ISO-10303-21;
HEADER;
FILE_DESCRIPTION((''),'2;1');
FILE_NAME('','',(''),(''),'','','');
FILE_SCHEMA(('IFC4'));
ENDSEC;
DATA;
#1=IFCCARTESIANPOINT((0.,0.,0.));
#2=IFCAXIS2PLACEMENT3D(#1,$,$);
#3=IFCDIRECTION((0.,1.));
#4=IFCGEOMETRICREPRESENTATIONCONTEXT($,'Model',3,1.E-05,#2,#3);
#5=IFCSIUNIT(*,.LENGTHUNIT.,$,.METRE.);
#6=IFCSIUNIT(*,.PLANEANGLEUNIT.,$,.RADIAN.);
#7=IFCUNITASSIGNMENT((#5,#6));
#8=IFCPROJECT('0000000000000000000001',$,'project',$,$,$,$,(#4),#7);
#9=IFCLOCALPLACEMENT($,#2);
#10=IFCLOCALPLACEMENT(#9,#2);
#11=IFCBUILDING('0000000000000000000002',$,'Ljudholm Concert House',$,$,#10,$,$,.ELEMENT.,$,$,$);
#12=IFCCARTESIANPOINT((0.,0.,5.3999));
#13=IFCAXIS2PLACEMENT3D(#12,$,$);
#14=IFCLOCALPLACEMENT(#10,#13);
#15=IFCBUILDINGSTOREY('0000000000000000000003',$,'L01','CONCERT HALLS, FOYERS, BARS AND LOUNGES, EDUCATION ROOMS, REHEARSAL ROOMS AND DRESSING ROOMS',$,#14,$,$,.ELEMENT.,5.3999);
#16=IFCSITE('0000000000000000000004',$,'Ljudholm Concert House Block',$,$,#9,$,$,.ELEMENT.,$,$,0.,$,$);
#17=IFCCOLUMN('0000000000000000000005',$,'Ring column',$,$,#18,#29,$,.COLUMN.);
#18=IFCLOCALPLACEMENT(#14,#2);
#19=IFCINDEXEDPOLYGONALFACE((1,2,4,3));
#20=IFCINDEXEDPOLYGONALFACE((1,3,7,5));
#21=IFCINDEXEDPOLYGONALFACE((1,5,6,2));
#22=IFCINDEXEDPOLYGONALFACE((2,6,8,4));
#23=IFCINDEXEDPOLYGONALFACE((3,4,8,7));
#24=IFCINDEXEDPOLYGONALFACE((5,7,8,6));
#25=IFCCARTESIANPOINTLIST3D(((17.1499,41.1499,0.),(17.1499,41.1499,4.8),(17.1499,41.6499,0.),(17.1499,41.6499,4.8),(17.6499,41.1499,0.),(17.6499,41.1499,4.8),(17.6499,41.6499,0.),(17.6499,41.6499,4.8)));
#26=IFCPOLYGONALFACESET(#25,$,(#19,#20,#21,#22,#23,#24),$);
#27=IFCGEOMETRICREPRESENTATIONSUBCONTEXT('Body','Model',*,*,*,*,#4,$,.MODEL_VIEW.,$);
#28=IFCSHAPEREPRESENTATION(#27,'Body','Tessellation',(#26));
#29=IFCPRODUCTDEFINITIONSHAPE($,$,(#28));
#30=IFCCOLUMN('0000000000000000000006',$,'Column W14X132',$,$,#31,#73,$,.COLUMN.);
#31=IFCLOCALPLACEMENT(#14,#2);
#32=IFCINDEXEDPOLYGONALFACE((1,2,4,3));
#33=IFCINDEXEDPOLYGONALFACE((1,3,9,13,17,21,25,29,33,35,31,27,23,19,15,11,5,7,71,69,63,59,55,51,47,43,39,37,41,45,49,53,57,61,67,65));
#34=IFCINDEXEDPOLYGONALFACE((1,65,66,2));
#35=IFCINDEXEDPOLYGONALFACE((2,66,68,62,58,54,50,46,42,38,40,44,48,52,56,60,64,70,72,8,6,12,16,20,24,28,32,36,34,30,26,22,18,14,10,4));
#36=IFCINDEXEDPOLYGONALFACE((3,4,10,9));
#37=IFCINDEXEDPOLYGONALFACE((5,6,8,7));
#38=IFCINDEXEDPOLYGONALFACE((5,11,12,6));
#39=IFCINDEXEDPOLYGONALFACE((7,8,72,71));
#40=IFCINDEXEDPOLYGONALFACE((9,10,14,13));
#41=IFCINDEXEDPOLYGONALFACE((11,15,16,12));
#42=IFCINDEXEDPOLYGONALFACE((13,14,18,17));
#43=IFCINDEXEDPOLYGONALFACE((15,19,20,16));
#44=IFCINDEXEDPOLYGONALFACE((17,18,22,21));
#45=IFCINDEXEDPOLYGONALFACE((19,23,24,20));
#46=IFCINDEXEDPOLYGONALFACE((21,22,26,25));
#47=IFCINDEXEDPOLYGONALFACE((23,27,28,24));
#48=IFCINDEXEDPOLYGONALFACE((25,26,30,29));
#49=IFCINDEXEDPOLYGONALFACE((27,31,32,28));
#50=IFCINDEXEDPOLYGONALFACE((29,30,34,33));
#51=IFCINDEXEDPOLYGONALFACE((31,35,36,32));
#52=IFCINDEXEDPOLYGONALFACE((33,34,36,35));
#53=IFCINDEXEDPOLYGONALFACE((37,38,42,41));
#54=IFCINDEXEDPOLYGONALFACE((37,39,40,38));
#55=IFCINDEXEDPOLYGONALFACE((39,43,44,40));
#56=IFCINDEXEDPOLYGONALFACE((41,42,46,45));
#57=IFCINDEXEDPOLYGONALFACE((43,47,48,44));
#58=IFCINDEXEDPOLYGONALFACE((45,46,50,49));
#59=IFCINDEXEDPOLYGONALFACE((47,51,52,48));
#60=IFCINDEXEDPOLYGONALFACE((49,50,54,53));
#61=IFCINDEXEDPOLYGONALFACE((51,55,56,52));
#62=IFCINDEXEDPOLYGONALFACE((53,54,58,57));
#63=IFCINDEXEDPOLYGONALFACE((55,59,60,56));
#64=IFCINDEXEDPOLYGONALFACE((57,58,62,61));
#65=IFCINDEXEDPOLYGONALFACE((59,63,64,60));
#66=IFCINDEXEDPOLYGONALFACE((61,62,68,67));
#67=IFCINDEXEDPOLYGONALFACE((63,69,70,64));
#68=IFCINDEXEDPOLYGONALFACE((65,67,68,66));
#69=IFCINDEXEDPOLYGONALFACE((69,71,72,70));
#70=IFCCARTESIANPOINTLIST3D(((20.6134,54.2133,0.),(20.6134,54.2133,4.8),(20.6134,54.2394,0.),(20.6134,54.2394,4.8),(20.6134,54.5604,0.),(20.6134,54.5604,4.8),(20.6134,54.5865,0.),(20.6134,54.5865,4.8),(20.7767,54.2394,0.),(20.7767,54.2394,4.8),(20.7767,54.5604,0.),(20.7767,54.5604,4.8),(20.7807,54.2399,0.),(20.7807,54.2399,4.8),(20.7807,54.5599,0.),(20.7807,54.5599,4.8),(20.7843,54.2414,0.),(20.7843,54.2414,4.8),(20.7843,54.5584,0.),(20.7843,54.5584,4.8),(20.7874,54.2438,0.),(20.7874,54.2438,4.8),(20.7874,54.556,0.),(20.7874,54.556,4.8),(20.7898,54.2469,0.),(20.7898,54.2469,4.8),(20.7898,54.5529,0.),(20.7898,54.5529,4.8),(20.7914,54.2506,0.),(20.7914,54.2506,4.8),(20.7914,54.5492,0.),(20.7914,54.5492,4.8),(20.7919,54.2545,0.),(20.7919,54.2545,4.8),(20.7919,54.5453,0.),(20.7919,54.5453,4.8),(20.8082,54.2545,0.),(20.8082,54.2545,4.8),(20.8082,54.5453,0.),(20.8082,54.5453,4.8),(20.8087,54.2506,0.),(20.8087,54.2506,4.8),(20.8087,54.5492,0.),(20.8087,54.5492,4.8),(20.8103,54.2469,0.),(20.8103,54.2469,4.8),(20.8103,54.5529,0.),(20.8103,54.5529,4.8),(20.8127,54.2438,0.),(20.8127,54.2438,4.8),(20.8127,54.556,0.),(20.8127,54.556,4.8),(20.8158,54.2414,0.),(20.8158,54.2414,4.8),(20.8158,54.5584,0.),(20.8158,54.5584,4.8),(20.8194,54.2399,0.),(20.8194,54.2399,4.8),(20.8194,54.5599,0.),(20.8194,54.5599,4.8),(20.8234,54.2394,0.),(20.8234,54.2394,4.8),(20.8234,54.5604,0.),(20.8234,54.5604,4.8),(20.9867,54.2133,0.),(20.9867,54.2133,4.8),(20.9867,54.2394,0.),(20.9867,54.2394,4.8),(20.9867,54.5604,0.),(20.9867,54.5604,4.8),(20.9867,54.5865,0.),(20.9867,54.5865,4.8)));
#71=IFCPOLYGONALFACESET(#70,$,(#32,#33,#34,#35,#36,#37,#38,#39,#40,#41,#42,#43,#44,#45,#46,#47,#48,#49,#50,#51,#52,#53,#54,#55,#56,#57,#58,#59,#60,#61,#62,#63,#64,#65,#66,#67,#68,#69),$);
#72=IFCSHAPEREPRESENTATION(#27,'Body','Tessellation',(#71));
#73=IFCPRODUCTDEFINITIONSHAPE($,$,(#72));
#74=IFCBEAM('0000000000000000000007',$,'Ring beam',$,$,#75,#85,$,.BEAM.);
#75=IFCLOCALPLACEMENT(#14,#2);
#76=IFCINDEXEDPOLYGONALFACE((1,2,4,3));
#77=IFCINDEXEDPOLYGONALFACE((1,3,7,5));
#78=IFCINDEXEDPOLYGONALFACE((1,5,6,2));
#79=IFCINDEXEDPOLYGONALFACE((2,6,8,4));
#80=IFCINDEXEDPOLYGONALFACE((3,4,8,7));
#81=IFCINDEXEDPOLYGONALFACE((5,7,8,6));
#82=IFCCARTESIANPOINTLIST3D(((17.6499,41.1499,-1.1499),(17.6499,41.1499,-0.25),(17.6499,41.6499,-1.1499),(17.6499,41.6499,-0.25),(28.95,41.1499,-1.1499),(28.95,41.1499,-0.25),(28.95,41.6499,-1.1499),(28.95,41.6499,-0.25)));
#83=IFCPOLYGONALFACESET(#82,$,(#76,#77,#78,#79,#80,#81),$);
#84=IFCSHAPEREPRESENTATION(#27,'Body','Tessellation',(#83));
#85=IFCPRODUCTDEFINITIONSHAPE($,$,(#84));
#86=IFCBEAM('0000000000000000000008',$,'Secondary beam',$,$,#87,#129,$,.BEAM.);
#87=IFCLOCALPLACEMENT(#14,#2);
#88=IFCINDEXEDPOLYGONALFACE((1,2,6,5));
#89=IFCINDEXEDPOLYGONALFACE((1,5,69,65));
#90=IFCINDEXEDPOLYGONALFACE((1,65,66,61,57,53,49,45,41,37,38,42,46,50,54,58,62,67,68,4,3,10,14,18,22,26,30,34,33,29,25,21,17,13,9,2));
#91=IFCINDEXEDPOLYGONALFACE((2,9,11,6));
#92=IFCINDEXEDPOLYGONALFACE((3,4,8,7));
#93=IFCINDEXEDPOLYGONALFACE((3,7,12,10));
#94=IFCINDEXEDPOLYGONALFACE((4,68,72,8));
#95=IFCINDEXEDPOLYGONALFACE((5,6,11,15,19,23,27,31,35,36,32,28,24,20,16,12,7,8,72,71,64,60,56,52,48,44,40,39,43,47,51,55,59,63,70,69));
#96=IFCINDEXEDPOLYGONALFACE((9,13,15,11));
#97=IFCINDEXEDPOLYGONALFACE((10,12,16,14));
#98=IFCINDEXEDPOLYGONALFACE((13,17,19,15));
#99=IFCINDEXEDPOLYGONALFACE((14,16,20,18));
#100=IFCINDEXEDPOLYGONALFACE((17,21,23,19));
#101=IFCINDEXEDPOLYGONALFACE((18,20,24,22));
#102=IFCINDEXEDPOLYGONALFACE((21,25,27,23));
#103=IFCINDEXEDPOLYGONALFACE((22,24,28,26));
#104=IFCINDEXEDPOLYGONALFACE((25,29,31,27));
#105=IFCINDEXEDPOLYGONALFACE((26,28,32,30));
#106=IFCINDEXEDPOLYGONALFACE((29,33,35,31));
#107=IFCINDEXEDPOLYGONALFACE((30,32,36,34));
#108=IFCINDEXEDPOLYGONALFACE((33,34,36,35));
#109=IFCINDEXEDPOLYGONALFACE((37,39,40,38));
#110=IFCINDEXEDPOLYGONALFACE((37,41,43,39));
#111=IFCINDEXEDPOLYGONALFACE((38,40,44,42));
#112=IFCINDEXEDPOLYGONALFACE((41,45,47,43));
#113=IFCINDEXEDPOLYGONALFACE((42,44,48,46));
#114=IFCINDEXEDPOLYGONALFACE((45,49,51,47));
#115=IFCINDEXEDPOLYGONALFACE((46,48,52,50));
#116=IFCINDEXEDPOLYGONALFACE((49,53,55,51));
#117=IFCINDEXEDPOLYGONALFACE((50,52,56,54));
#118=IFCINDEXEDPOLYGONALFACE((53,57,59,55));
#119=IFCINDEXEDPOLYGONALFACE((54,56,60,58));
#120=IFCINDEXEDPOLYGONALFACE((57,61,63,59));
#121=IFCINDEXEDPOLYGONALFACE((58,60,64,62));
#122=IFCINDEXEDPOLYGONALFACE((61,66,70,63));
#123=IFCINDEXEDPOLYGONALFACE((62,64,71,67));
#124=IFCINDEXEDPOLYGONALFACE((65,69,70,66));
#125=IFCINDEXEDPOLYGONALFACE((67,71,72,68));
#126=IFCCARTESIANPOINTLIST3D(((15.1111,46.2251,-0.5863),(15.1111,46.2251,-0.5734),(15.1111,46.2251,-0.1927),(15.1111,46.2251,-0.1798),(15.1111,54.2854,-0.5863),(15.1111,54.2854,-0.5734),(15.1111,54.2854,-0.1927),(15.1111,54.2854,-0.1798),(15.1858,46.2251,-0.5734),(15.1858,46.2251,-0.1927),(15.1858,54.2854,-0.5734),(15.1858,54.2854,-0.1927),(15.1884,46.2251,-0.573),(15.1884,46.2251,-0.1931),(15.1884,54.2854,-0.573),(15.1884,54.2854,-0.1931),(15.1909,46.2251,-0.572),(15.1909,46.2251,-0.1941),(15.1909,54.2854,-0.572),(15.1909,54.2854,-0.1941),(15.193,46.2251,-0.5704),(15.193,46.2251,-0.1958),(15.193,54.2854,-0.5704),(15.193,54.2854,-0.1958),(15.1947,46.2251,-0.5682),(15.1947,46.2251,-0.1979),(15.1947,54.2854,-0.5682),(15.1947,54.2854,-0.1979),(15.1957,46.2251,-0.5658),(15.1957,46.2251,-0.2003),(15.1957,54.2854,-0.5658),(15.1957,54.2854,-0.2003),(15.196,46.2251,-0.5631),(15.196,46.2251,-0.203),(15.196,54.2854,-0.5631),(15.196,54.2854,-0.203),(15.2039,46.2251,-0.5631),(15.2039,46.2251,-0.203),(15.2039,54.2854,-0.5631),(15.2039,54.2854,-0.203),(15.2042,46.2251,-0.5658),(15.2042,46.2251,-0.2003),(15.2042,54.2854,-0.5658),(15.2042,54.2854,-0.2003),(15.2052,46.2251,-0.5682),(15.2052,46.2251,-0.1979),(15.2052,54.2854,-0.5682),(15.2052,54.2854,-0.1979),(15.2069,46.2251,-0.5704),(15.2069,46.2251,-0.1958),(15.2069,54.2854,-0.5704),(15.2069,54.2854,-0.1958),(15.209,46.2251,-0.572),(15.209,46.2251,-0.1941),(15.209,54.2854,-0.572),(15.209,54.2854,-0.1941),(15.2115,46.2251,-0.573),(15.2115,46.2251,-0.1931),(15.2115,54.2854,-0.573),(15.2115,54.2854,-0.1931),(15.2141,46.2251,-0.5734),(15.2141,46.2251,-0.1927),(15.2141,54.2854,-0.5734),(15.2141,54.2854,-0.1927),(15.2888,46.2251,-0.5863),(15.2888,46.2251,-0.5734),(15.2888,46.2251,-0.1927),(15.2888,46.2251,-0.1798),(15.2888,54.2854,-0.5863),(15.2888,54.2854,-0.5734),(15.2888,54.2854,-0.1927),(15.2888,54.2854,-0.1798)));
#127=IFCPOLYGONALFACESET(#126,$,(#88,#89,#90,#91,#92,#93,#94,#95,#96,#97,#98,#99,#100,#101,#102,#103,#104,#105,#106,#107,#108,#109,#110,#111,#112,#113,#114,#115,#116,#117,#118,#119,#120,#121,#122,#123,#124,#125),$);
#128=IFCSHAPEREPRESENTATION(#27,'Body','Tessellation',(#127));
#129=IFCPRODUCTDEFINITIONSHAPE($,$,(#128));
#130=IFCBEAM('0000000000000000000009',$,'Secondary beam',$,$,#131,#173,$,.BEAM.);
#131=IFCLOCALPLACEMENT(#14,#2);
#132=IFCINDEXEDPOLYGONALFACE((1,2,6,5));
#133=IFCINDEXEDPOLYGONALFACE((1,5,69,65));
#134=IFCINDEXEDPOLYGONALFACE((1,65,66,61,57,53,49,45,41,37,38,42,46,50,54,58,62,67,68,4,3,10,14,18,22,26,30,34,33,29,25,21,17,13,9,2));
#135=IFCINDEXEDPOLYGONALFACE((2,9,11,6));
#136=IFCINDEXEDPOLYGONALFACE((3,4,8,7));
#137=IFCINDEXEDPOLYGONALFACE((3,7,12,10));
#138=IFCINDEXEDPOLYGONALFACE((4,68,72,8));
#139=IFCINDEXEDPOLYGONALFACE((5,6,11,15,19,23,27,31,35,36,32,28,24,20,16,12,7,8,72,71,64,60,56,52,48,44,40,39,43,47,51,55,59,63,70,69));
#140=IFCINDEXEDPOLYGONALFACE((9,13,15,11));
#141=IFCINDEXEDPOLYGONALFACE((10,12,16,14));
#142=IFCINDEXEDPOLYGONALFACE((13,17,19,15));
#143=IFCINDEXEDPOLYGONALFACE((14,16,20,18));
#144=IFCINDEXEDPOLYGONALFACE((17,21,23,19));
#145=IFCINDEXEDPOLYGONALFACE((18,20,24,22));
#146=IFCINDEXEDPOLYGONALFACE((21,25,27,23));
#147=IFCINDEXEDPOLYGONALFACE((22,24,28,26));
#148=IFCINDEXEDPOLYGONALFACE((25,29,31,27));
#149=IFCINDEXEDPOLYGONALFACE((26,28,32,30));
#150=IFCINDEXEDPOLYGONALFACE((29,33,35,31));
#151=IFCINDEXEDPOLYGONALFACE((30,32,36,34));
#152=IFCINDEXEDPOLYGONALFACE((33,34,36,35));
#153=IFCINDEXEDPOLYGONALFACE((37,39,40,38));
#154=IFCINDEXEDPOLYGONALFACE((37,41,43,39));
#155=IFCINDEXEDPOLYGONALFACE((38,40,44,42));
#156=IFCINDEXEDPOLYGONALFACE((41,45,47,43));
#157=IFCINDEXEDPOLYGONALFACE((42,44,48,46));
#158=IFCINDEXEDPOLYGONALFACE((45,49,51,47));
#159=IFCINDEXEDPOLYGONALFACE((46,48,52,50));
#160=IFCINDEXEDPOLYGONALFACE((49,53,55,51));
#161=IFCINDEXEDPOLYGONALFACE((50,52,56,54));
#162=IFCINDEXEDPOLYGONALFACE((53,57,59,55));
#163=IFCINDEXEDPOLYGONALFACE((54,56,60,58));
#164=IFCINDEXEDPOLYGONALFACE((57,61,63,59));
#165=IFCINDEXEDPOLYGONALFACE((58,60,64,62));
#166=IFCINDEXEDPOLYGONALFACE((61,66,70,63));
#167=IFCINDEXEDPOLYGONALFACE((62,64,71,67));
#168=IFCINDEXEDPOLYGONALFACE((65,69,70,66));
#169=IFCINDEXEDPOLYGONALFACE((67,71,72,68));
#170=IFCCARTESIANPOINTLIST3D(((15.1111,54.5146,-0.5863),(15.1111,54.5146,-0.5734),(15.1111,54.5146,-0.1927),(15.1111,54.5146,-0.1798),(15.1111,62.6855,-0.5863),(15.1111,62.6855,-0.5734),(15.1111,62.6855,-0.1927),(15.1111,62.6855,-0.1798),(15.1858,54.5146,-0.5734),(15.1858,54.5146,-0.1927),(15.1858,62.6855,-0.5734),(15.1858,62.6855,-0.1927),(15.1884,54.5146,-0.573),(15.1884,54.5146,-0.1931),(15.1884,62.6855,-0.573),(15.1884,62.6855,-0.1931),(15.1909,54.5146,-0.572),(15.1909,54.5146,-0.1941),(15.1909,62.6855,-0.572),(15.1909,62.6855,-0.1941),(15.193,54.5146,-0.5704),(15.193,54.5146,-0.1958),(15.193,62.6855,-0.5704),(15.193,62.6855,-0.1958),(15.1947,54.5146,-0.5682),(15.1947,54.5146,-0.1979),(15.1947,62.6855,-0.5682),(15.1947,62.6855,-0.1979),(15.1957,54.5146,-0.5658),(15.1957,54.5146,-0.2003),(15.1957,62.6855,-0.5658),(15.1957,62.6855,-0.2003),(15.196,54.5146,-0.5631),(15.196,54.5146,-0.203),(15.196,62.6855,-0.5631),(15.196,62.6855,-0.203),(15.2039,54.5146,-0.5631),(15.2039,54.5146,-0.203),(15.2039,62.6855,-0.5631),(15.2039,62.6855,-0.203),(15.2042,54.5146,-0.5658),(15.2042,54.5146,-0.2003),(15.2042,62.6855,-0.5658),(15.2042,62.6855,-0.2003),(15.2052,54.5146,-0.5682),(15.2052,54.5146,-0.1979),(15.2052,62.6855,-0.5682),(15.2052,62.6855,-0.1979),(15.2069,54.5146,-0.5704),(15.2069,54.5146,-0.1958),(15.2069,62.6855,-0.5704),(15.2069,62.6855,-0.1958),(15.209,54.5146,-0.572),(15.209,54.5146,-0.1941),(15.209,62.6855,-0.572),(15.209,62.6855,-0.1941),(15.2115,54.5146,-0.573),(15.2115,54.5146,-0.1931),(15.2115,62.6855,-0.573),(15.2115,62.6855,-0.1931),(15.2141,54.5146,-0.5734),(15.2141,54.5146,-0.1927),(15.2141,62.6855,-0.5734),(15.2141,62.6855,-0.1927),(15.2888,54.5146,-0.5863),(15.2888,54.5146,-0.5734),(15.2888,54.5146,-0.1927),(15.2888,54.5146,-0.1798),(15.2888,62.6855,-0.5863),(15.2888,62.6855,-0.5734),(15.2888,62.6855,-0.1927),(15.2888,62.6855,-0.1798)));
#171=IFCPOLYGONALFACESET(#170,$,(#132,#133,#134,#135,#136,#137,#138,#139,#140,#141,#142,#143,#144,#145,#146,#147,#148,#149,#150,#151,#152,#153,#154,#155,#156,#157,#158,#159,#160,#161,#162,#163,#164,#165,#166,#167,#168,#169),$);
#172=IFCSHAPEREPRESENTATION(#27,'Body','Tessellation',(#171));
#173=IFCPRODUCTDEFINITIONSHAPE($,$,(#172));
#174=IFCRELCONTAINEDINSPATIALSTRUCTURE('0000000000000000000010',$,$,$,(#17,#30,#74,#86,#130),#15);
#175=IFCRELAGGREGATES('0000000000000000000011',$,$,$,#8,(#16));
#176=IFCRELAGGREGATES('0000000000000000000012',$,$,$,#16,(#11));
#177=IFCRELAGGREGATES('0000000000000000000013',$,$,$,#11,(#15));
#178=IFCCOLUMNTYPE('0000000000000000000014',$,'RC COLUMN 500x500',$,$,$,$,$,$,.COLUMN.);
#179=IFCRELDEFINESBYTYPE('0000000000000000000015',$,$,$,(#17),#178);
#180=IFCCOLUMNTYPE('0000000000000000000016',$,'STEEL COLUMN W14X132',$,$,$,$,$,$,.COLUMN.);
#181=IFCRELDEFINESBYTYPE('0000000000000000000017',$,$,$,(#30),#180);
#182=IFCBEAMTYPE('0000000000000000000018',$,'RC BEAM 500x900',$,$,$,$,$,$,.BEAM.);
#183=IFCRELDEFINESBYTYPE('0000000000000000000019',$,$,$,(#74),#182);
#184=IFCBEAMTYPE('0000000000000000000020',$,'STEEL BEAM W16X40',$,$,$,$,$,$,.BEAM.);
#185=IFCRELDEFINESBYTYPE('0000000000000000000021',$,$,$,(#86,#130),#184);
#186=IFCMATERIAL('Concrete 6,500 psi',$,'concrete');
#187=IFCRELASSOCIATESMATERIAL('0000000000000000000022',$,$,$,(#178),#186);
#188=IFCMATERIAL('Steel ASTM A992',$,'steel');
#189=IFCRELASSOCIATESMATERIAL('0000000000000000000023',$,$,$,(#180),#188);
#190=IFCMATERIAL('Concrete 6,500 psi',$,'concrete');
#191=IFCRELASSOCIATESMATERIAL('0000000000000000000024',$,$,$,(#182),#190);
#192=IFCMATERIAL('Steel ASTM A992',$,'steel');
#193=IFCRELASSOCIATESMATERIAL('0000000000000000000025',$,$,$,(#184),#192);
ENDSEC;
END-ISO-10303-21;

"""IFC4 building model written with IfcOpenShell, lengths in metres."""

from ifc_helpers import new_model, si_unit, direction, frame, origin, origin_2d, place, context, subcontext, project, spatial, rectangle, i_section, extrude, material, material_profile, profile_set, type_object, element, save


model = new_model("IFC4")

# Units and contexts
model_context = context("Model", 3, precision=1e-05, world=origin(), true_north=direction((0.0, 1.0)))
body_context = subcontext(model_context, "Body", "Model", "MODEL_VIEW")
ifc_project = project(units=[si_unit("LENGTHUNIT", "METRE"), si_unit("PLANEANGLEUNIT", "RADIAN")], contexts=[model_context])

# Site, building, storey
site_placement = place(None, origin())
site = spatial("IfcSite", under=ifc_project, at=site_placement, Name="Ljudholm Concert House Block", CompositionType="ELEMENT", RefElevation=0.0)
building_placement = place(site_placement, origin())
building = spatial("IfcBuilding", under=site, at=building_placement, Name="Ljudholm Concert House", CompositionType="ELEMENT")
storey_placement = place(building_placement, frame((0.0, 0.0, 5.3999)))
storey = spatial("IfcBuildingStorey", under=building, at=storey_placement, Name="L01", Description="CONCERT HALLS, FOYERS, BARS AND LOUNGES, EDUCATION ROOMS, REHEARSAL ROOMS AND DRESSING ROOMS", CompositionType="ELEMENT", Elevation=5.3999)

# Columns
ifc_material_1 = material(Name="Concrete 6,500 psi", Category="concrete")
ifc_material_profile_1 = material_profile(ifc_material_1, rectangle(XDim=0.5, YDim=0.5, at=origin_2d()), Name="RC COLUMN 500x500")
ifc_profile_set_1 = profile_set([ifc_material_profile_1], Name="Concrete 6,500 psi")
column_type_1 = type_object("IfcColumnType", Name="RC COLUMN 500x500", PredefinedType="COLUMN", material=ifc_profile_set_1)
column_1_placement = place(storey_placement, frame((17.3999, 41.3999, 0.0), z_axis=(0.0, 0.0, 1.0), x_axis=(1.0, 0.0, 0.0)))
element("IfcColumn", 1, at=column_1_placement, inside=storey, type_object=column_type_1, Name="Ring column", PredefinedType="COLUMN", context=body_context, shape_type="SweptSolid", body=[
    extrude(rectangle(XDim=0.5, YDim=0.5, at=origin_2d()), origin(), (0.0, 0.0, 1.0), 4.8),
])
ifc_material_2 = material(Name="Steel ASTM A992", Category="steel")
ifc_material_profile_2 = material_profile(ifc_material_2, i_section(OverallWidth=0.3733, OverallDepth=0.3733, WebThickness=0.0164, FlangeThickness=0.0261, FilletRadius=0.0151, at=origin_2d()), Name="W14X132")
ifc_profile_set_2 = profile_set([ifc_material_profile_2], Name="Steel ASTM A992")
column_type_2 = type_object("IfcColumnType", Name="STEEL COLUMN W14X132", PredefinedType="COLUMN", material=ifc_profile_set_2)
column_2_placement = place(storey_placement, frame((20.8, 54.3999, 0.0), z_axis=(0.0, 0.0, 1.0), x_axis=(1.0, 0.0, 0.0)))
element("IfcColumn", 2, at=column_2_placement, inside=storey, type_object=column_type_2, Name="Column W14X132", PredefinedType="COLUMN", context=body_context, shape_type="SweptSolid", body=[
    extrude(i_section(OverallWidth=0.3733, OverallDepth=0.3733, WebThickness=0.0164, FlangeThickness=0.0261, FilletRadius=0.0151, at=origin_2d()), origin(), (0.0, 0.0, 1.0), 4.8),
])

# Beams
ifc_material_3 = material(Name="Concrete 6,500 psi", Category="concrete")
ifc_material_profile_3 = material_profile(ifc_material_3, rectangle(XDim=0.5, YDim=0.8999, at=origin_2d()), Name="RC BEAM 500x900")
ifc_profile_set_3 = profile_set([ifc_material_profile_3], Name="Concrete 6,500 psi")
beam_type_1 = type_object("IfcBeamType", Name="RC BEAM 500x900", PredefinedType="BEAM", material=ifc_profile_set_3)
beam_1_placement = place(storey_placement, frame((17.6499, 41.3999, -0.7), z_axis=(1.0, 0.0, 0.0), x_axis=(0.0, 1.0, 0.0)))
element("IfcBeam", 3, at=beam_1_placement, inside=storey, type_object=beam_type_1, Name="Ring beam", PredefinedType="BEAM", context=body_context, shape_type="SweptSolid", body=[
    extrude(rectangle(XDim=0.5, YDim=0.8999, at=origin_2d()), origin(), (0.0, 0.0, 1.0), 11.3),
])
ifc_material_4 = material(Name="Steel ASTM A992", Category="steel")
ifc_material_profile_4 = material_profile(ifc_material_4, i_section(OverallWidth=0.1777, OverallDepth=0.4065, WebThickness=0.0078, FlangeThickness=0.0129, FilletRadius=0.0103, at=origin_2d()), Name="W16X40")
ifc_profile_set_4 = profile_set([ifc_material_profile_4], Name="Steel ASTM A992")
beam_type_2 = type_object("IfcBeamType", Name="STEEL BEAM W16X40", PredefinedType="BEAM", material=ifc_profile_set_4)
beam_2_placement = place(storey_placement, frame((15.2, 46.2251, -0.3831), z_axis=(0.0, 1.0, 0.0), x_axis=(-1.0, 0.0, 0.0)))
element("IfcBeam", 4, at=beam_2_placement, inside=storey, type_object=beam_type_2, Name="Secondary beam", PredefinedType="BEAM", context=body_context, shape_type="SweptSolid", body=[
    extrude(i_section(OverallWidth=0.1777, OverallDepth=0.4065, WebThickness=0.0078, FlangeThickness=0.0129, FilletRadius=0.0103, at=origin_2d()), origin(), (0.0, 0.0, 1.0), 8.0603),
])
beam_3_placement = place(storey_placement, frame((15.2, 54.5146, -0.3831), z_axis=(0.0, 1.0, 0.0), x_axis=(-1.0, 0.0, 0.0)))
element("IfcBeam", 5, at=beam_3_placement, inside=storey, type_object=beam_type_2, Name="Secondary beam", PredefinedType="BEAM", context=body_context, shape_type="SweptSolid", body=[
    extrude(i_section(OverallWidth=0.1777, OverallDepth=0.4065, WebThickness=0.0078, FlangeThickness=0.0129, FilletRadius=0.0103, at=origin_2d()), origin(), (0.0, 0.0, 1.0), 8.1709),
])

save(model, "model.ifc")
